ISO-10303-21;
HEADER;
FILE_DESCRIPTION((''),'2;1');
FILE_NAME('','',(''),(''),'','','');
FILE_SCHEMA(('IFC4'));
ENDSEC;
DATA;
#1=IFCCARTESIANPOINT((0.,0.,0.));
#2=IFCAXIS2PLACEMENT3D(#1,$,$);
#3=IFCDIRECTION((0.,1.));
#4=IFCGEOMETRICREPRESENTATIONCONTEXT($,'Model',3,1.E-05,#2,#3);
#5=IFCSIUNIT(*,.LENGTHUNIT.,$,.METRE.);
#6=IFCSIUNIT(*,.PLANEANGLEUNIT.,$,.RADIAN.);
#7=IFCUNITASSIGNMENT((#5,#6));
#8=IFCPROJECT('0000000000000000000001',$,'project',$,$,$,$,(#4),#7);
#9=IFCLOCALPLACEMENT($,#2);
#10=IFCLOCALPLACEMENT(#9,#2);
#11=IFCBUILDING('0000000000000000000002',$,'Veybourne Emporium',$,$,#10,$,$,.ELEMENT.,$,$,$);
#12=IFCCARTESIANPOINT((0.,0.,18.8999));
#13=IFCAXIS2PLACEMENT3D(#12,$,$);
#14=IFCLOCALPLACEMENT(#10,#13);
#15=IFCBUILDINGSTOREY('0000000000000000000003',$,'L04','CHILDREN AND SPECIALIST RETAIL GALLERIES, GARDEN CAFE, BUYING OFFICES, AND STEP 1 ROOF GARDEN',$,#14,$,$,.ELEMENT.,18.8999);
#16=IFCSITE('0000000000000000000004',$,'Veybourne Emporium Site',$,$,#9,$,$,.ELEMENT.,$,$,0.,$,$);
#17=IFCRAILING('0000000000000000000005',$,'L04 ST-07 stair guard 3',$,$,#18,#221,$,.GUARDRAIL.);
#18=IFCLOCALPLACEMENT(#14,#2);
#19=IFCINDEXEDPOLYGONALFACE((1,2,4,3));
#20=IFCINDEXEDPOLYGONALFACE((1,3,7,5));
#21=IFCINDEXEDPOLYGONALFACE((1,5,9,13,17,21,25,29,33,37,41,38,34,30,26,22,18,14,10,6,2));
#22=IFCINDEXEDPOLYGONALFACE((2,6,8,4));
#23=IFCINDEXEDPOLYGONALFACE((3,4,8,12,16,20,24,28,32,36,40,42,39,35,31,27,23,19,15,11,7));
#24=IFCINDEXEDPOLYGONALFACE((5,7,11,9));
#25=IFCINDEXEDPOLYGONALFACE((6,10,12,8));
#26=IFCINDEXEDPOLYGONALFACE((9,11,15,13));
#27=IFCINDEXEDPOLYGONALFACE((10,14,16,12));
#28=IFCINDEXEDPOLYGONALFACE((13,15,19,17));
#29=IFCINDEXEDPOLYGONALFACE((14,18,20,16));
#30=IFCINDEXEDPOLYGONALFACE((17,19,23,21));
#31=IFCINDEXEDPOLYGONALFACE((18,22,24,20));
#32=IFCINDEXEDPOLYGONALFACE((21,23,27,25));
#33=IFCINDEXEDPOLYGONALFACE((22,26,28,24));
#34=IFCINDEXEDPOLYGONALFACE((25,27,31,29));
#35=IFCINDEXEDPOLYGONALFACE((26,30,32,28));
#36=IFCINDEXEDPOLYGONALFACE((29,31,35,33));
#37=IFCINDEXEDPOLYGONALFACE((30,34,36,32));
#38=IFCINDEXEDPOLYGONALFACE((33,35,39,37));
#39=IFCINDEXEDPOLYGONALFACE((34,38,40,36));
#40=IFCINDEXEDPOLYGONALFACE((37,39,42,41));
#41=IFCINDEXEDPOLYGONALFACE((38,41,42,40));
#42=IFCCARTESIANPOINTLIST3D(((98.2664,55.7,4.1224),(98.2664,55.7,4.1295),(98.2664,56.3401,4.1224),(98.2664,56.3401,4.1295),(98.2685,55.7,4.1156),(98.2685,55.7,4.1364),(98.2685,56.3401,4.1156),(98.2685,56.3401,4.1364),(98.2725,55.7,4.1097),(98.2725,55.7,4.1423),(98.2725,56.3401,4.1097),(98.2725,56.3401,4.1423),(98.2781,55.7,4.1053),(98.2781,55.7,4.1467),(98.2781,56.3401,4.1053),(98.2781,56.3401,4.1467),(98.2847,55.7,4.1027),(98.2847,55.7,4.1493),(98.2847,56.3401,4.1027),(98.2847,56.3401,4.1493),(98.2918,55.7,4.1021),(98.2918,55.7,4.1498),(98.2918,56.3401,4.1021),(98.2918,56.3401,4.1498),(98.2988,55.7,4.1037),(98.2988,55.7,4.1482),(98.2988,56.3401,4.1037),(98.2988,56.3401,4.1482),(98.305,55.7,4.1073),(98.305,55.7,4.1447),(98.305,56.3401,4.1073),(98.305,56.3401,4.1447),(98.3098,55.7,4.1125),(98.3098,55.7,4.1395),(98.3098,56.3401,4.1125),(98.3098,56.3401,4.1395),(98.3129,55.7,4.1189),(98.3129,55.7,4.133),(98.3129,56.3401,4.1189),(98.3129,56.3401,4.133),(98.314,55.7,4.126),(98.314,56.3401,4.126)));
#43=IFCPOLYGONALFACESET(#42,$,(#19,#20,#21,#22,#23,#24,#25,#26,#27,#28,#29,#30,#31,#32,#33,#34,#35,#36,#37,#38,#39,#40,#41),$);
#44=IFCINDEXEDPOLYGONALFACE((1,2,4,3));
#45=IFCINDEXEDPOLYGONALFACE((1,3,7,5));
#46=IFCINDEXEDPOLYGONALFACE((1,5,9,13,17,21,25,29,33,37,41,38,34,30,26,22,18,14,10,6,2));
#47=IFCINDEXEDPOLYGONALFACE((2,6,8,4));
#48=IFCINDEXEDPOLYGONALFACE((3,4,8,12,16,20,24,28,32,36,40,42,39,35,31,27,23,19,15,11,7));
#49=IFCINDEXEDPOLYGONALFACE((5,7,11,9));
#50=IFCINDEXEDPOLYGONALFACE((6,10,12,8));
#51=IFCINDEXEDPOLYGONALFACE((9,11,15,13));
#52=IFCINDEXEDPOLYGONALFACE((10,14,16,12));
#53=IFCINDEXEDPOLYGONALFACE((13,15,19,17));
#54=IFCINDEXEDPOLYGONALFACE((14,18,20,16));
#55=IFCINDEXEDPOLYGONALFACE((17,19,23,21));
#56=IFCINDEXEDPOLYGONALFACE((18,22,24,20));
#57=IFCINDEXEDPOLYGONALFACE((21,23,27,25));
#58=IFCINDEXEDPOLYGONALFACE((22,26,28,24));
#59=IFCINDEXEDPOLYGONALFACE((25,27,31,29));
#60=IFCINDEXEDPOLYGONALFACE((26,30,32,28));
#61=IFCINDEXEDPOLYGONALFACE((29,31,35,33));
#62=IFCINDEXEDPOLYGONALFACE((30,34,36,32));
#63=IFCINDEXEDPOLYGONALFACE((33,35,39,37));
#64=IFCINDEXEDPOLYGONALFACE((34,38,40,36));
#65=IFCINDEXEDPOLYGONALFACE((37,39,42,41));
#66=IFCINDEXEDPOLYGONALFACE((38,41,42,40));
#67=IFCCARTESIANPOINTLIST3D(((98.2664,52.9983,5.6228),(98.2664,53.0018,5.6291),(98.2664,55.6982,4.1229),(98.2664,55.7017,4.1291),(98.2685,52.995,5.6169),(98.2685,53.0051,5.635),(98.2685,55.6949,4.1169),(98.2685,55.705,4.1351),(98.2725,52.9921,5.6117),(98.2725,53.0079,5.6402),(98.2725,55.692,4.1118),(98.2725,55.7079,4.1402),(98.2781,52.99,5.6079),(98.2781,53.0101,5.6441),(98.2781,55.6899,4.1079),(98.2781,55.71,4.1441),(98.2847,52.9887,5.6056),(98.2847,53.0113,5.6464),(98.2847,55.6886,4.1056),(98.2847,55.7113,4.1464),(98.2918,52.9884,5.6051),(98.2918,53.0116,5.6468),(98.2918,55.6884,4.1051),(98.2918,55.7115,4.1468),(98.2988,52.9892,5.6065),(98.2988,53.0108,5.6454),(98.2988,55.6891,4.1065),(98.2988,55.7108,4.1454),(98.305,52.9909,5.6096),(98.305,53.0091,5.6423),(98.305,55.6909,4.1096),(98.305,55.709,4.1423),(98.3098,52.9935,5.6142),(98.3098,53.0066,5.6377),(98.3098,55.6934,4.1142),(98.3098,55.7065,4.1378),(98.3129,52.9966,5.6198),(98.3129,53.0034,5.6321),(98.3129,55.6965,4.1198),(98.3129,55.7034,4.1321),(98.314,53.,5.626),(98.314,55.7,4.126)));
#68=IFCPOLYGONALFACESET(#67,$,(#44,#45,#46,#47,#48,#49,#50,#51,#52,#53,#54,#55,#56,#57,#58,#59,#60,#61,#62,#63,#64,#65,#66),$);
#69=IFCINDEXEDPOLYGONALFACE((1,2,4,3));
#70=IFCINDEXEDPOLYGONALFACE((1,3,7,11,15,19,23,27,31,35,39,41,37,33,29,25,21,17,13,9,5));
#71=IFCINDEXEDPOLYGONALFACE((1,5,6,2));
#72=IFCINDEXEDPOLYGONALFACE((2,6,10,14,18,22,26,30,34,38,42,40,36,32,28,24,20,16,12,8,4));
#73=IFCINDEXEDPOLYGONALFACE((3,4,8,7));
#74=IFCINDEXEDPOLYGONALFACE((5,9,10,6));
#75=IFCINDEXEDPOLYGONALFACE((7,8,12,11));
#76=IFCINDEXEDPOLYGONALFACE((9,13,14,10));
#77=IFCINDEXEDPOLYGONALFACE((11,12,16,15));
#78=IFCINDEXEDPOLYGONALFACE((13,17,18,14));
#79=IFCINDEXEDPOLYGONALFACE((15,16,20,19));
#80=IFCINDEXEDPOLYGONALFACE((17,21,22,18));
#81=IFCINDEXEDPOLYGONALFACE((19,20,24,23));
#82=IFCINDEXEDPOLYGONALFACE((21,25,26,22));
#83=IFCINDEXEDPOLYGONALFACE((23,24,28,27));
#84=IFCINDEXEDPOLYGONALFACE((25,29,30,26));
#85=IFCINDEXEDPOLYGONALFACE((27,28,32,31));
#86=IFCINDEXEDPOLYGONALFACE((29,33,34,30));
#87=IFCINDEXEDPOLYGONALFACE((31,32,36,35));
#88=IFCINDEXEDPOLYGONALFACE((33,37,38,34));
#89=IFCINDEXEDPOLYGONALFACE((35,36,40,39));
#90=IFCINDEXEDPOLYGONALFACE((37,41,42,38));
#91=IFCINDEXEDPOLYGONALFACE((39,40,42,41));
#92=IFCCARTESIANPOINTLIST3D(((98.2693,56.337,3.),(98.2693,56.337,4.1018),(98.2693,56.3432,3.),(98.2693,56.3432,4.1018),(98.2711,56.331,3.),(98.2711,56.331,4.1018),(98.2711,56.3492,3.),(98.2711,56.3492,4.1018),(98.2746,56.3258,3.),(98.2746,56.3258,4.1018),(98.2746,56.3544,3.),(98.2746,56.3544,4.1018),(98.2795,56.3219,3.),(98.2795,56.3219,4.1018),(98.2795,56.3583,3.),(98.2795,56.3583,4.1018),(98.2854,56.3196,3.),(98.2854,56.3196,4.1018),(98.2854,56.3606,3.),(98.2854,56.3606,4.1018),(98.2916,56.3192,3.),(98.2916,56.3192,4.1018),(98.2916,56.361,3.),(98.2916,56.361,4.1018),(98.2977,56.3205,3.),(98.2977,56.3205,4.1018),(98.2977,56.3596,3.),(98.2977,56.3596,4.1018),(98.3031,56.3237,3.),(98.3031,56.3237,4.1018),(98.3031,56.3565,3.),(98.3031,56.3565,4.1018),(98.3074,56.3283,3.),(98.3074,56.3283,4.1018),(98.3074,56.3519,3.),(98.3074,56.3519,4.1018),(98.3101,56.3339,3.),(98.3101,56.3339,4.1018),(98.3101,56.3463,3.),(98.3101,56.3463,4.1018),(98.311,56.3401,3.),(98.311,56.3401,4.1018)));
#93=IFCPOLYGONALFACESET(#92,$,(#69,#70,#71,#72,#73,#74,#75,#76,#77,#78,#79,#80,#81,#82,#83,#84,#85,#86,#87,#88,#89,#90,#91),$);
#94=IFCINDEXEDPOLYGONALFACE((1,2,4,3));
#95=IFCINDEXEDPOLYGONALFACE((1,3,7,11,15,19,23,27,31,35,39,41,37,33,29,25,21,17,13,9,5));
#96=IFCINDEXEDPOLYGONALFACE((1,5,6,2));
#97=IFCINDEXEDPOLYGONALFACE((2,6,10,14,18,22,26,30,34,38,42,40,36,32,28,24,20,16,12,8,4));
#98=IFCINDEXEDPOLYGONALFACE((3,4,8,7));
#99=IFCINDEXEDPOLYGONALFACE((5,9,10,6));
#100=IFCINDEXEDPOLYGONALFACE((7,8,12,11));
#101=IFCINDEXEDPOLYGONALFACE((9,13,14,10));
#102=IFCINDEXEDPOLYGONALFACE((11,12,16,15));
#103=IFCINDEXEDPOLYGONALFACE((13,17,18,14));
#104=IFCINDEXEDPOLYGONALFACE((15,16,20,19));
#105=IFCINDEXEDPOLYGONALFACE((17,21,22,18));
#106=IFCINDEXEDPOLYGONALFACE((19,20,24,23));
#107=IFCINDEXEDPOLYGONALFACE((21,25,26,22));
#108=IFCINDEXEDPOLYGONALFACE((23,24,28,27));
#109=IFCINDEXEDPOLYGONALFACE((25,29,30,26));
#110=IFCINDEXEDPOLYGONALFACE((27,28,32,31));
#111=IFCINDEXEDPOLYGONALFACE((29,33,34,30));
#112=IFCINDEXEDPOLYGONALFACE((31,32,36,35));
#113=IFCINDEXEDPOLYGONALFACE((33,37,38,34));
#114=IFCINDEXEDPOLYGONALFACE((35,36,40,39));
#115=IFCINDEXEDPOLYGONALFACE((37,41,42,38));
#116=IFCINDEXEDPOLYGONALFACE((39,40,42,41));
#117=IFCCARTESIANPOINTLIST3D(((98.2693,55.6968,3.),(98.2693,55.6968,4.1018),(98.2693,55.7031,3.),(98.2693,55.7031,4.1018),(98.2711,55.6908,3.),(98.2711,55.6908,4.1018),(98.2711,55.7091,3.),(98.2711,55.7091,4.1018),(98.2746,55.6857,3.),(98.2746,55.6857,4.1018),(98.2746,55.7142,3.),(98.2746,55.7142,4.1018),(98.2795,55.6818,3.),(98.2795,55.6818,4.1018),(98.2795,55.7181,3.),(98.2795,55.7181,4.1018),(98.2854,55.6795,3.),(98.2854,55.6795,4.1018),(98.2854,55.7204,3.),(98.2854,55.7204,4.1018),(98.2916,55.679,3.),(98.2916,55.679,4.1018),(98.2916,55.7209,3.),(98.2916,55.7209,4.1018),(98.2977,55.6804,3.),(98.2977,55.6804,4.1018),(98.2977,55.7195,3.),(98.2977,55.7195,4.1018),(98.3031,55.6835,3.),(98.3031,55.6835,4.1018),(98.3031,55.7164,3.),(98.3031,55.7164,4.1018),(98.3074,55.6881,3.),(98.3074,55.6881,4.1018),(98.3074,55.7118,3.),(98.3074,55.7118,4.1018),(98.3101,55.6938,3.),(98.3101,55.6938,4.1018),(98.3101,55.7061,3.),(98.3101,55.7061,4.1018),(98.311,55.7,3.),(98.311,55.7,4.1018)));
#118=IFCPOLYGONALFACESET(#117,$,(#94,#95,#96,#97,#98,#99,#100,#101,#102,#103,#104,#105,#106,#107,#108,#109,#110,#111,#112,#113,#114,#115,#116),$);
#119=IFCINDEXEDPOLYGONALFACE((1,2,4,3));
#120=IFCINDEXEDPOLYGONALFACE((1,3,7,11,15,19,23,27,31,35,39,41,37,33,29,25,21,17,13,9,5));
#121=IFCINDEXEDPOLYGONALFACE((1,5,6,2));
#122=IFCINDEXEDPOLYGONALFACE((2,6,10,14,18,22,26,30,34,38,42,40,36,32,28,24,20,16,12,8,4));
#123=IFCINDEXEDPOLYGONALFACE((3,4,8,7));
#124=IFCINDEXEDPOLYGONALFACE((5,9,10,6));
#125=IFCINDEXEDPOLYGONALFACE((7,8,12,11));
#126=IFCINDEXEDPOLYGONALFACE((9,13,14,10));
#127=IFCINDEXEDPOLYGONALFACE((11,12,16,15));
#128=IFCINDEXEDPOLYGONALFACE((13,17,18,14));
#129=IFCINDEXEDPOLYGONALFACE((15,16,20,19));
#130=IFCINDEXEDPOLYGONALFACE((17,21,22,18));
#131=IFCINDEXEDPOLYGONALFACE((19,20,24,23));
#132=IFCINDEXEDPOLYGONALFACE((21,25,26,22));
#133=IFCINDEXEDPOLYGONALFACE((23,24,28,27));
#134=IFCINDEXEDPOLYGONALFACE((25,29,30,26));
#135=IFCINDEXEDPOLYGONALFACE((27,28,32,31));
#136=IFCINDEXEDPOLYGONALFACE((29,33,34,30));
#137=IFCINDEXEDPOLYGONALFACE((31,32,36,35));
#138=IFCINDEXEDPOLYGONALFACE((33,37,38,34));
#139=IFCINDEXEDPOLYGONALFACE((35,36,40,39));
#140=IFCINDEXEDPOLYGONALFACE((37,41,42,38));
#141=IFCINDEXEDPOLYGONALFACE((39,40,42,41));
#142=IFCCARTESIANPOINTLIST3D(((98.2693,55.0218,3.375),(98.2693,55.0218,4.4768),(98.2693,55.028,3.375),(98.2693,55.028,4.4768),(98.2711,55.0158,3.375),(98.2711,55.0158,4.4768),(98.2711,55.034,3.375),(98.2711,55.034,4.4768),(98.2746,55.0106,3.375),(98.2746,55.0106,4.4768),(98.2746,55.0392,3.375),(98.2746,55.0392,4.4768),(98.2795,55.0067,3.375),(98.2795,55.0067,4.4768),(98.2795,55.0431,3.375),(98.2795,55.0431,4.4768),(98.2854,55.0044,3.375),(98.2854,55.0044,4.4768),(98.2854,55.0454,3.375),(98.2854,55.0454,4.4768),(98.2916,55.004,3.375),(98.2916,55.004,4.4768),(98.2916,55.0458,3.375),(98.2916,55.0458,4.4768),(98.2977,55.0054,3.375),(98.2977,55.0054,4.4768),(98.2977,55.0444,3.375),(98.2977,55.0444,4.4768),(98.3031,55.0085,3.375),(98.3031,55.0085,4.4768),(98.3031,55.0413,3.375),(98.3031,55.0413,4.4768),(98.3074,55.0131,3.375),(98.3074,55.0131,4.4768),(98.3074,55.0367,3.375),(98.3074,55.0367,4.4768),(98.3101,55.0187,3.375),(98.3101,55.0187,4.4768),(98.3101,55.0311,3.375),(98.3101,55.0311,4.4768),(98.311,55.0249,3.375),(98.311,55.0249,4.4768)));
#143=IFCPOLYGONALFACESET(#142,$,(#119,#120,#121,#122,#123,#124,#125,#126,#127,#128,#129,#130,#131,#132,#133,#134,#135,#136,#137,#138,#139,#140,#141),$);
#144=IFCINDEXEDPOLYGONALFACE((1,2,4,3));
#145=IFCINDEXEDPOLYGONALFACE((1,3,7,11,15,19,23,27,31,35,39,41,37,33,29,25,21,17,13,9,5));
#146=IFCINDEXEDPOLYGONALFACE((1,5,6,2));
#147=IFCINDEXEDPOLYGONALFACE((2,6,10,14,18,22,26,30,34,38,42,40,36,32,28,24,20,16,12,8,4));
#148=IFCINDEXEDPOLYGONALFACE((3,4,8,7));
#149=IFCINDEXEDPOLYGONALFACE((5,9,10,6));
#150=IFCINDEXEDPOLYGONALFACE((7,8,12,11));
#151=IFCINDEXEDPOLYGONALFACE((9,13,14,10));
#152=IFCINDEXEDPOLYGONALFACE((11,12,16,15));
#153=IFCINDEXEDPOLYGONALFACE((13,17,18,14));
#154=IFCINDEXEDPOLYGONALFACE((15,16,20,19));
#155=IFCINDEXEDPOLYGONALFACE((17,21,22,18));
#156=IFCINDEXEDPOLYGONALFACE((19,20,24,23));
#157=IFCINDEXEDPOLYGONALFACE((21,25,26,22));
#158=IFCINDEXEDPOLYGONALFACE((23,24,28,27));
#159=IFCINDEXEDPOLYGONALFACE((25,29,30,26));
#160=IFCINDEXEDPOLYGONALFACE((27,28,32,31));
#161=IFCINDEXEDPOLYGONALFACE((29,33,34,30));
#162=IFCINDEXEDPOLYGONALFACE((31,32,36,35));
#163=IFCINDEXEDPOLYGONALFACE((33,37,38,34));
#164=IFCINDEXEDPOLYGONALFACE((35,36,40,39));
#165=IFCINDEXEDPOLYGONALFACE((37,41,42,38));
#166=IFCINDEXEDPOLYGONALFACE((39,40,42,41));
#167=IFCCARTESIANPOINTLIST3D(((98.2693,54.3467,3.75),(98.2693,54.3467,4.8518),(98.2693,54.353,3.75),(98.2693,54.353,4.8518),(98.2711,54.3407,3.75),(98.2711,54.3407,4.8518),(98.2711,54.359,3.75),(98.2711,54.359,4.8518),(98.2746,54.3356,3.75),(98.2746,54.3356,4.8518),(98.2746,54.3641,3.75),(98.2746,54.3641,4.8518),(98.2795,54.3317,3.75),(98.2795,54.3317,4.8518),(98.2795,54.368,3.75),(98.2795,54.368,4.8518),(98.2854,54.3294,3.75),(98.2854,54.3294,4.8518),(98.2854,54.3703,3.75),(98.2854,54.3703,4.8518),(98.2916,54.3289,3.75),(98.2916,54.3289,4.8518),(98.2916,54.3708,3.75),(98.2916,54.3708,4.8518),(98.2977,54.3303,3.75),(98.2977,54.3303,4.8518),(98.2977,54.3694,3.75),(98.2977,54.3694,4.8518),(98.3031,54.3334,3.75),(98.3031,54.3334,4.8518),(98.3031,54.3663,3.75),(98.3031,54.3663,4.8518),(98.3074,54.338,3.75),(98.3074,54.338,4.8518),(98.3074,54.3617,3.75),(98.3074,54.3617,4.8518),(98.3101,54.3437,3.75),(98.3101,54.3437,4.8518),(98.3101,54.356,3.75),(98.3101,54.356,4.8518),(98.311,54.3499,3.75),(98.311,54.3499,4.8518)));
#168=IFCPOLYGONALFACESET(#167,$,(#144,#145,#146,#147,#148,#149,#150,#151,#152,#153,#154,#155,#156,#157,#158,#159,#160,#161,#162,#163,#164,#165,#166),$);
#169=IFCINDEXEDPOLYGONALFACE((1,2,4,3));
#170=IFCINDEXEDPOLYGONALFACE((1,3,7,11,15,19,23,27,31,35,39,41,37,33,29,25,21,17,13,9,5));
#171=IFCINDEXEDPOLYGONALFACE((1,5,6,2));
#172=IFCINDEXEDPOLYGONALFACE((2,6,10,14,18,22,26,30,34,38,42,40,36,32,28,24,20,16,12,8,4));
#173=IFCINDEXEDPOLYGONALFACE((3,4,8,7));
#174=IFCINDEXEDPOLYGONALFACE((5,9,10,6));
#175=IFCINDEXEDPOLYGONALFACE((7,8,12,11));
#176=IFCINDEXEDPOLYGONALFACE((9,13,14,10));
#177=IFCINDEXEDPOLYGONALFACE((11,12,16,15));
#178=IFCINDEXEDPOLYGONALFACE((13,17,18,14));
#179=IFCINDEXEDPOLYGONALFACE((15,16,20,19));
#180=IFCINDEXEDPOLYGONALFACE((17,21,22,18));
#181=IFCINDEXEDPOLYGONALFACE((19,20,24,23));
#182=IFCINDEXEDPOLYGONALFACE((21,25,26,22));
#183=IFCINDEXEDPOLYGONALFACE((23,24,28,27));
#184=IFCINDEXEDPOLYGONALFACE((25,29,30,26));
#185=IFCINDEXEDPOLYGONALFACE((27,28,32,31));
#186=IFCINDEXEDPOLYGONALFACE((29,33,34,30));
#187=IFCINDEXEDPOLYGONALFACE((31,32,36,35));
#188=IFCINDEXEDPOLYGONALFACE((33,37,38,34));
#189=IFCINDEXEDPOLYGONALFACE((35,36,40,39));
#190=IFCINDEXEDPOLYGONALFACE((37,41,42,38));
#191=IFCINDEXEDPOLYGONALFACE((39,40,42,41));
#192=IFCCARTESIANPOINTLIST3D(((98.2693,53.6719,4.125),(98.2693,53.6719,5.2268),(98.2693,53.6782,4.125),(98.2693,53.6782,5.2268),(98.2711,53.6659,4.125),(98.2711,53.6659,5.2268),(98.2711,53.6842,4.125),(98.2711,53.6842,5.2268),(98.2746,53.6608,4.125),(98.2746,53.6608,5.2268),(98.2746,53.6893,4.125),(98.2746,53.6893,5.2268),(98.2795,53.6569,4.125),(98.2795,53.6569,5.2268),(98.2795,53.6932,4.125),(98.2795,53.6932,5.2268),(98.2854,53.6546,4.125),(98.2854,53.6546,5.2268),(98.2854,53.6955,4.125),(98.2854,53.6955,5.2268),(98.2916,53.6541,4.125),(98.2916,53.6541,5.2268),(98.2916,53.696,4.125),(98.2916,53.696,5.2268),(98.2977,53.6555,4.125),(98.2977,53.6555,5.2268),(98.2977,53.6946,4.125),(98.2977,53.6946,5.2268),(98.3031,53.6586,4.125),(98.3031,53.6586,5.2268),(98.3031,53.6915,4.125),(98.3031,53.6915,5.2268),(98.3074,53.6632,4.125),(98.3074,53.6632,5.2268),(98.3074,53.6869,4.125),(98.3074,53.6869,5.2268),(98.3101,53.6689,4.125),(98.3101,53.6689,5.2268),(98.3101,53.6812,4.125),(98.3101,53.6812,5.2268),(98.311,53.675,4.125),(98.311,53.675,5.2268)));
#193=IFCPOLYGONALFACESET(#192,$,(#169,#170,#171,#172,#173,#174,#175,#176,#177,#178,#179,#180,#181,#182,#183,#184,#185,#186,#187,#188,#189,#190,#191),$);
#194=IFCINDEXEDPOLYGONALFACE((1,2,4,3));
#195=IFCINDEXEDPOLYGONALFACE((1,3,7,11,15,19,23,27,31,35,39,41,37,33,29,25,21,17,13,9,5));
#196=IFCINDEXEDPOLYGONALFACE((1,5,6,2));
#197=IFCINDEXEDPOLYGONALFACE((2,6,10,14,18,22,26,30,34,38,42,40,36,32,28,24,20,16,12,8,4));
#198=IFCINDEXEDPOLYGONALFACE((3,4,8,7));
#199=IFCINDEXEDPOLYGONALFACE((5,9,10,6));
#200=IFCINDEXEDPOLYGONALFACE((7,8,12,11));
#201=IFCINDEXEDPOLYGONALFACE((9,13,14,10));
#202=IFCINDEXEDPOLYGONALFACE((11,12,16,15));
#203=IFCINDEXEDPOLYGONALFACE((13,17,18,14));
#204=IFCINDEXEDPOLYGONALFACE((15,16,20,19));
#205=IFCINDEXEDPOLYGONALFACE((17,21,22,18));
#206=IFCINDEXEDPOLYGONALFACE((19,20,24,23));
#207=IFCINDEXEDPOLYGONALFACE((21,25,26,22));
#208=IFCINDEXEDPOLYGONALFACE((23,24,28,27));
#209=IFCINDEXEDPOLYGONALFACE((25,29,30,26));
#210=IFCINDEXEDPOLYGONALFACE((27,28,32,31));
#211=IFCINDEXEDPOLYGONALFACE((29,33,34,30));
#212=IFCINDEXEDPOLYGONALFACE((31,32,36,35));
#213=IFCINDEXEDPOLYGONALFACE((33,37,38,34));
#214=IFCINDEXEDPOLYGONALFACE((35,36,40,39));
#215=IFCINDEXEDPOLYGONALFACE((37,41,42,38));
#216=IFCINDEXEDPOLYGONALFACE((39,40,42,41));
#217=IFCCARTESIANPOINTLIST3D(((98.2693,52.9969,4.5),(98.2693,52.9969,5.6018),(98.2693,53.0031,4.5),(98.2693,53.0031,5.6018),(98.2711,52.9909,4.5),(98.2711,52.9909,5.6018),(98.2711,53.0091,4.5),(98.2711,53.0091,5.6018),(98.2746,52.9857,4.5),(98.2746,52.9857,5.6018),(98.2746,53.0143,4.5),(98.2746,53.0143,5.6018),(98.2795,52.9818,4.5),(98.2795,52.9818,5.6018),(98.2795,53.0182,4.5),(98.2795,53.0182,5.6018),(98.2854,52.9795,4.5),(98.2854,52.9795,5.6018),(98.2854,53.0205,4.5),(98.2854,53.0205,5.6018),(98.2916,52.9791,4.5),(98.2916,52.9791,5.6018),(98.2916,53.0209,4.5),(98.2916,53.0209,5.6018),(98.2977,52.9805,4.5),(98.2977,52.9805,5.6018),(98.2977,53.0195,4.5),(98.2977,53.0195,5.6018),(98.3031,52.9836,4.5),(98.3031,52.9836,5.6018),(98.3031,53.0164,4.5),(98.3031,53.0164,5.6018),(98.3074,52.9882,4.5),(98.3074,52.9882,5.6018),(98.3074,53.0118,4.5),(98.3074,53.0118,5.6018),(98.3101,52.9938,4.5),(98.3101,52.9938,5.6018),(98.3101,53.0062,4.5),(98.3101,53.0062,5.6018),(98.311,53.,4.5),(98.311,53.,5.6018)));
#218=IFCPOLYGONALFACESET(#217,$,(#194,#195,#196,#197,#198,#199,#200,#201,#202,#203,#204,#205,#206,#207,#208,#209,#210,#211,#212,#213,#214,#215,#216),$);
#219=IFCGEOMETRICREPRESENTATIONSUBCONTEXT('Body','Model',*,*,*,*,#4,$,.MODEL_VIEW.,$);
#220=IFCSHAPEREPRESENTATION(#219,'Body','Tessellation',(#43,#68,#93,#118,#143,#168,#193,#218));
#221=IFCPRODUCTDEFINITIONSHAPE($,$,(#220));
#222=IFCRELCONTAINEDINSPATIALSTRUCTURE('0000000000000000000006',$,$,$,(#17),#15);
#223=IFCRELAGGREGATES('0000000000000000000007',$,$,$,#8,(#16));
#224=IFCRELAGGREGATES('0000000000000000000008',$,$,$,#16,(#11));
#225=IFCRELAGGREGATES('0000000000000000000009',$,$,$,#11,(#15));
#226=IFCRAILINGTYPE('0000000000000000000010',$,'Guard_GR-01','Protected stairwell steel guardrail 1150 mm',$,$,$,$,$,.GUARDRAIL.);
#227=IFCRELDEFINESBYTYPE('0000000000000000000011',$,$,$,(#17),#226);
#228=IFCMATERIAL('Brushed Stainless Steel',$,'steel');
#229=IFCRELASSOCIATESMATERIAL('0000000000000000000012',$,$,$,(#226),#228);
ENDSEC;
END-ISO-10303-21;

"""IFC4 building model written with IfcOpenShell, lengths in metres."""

from ifc_helpers import new_model, si_unit, direction, frame, origin, origin_2d, place, context, subcontext, project, spatial, circle, extrude, material, type_object, element, save


model = new_model("IFC4")

# Units and contexts
model_context = context("Model", 3, precision=1e-05, world=origin(), true_north=direction((0.0, 1.0)))
body_context = subcontext(model_context, "Body", "Model", "MODEL_VIEW")
ifc_project = project(units=[si_unit("LENGTHUNIT", "METRE"), si_unit("PLANEANGLEUNIT", "RADIAN")], contexts=[model_context])

# Site, building, storey
site_placement = place(None, origin())
site = spatial("IfcSite", under=ifc_project, at=site_placement, Name="Veybourne Emporium Site", CompositionType="ELEMENT", RefElevation=0.0)
building_placement = place(site_placement, origin())
building = spatial("IfcBuilding", under=site, at=building_placement, Name="Veybourne Emporium", CompositionType="ELEMENT")
storey_placement = place(building_placement, frame((0.0, 0.0, 18.8999)))
storey = spatial("IfcBuildingStorey", under=building, at=storey_placement, Name="L04", Description="CHILDREN AND SPECIALIST RETAIL GALLERIES, GARDEN CAFE, BUYING OFFICES, AND STEP 1 ROOF GARDEN", CompositionType="ELEMENT", Elevation=18.8999)

# Railing
ifc_material_1 = material(Name="Brushed Stainless Steel", Category="steel")
railing_type_1 = type_object("IfcRailingType", Name="Guard_GR-01", Description="Protected stairwell steel guardrail 1150 mm", PredefinedType="GUARDRAIL", material=ifc_material_1)
railing_1_placement = place(storey_placement, frame((98.29, 56.3401, 3.0)))
element("IfcRailing", 1, at=railing_1_placement, inside=storey, type_object=railing_type_1, Name="L04 ST-07 stair guard 3", PredefinedType="GUARDRAIL", context=body_context, shape_type="SweptSolid", body=[
    extrude(circle(Radius=0.0239, at=origin_2d()), frame((0.0, 0.0, 1.126), z_axis=(0.0, -1.0, 0.0), x_axis=(1.0, 0.0, 0.0)), (0.0, 0.0, 1.0), 0.6401),
    extrude(circle(Radius=0.0239, at=origin_2d()), frame((0.0, -0.6401, 1.126), z_axis=(0.0, -0.874154, 0.48565), x_axis=(1.0, 0.0, 0.0)), (0.0, 0.0, 1.0), 3.0886),
    extrude(circle(Radius=0.021, at=origin_2d()), origin(), (0.0, 0.0, 1.0), 1.1018),
    extrude(circle(Radius=0.021, at=origin_2d()), frame((0.0, -0.6401, 0.0)), (0.0, 0.0, 1.0), 1.1018),
    extrude(circle(Radius=0.021, at=origin_2d()), frame((0.0, -1.3152, 0.375)), (0.0, 0.0, 1.0), 1.1018),
    extrude(circle(Radius=0.021, at=origin_2d()), frame((0.0, -1.9902, 0.75)), (0.0, 0.0, 1.0), 1.1018),
    extrude(circle(Radius=0.021, at=origin_2d()), frame((0.0, -2.665, 1.125)), (0.0, 0.0, 1.0), 1.1018),
    extrude(circle(Radius=0.021, at=origin_2d()), frame((0.0, -3.3401, 1.5)), (0.0, 0.0, 1.0), 1.1018),
])

save(model, "model.ifc")
